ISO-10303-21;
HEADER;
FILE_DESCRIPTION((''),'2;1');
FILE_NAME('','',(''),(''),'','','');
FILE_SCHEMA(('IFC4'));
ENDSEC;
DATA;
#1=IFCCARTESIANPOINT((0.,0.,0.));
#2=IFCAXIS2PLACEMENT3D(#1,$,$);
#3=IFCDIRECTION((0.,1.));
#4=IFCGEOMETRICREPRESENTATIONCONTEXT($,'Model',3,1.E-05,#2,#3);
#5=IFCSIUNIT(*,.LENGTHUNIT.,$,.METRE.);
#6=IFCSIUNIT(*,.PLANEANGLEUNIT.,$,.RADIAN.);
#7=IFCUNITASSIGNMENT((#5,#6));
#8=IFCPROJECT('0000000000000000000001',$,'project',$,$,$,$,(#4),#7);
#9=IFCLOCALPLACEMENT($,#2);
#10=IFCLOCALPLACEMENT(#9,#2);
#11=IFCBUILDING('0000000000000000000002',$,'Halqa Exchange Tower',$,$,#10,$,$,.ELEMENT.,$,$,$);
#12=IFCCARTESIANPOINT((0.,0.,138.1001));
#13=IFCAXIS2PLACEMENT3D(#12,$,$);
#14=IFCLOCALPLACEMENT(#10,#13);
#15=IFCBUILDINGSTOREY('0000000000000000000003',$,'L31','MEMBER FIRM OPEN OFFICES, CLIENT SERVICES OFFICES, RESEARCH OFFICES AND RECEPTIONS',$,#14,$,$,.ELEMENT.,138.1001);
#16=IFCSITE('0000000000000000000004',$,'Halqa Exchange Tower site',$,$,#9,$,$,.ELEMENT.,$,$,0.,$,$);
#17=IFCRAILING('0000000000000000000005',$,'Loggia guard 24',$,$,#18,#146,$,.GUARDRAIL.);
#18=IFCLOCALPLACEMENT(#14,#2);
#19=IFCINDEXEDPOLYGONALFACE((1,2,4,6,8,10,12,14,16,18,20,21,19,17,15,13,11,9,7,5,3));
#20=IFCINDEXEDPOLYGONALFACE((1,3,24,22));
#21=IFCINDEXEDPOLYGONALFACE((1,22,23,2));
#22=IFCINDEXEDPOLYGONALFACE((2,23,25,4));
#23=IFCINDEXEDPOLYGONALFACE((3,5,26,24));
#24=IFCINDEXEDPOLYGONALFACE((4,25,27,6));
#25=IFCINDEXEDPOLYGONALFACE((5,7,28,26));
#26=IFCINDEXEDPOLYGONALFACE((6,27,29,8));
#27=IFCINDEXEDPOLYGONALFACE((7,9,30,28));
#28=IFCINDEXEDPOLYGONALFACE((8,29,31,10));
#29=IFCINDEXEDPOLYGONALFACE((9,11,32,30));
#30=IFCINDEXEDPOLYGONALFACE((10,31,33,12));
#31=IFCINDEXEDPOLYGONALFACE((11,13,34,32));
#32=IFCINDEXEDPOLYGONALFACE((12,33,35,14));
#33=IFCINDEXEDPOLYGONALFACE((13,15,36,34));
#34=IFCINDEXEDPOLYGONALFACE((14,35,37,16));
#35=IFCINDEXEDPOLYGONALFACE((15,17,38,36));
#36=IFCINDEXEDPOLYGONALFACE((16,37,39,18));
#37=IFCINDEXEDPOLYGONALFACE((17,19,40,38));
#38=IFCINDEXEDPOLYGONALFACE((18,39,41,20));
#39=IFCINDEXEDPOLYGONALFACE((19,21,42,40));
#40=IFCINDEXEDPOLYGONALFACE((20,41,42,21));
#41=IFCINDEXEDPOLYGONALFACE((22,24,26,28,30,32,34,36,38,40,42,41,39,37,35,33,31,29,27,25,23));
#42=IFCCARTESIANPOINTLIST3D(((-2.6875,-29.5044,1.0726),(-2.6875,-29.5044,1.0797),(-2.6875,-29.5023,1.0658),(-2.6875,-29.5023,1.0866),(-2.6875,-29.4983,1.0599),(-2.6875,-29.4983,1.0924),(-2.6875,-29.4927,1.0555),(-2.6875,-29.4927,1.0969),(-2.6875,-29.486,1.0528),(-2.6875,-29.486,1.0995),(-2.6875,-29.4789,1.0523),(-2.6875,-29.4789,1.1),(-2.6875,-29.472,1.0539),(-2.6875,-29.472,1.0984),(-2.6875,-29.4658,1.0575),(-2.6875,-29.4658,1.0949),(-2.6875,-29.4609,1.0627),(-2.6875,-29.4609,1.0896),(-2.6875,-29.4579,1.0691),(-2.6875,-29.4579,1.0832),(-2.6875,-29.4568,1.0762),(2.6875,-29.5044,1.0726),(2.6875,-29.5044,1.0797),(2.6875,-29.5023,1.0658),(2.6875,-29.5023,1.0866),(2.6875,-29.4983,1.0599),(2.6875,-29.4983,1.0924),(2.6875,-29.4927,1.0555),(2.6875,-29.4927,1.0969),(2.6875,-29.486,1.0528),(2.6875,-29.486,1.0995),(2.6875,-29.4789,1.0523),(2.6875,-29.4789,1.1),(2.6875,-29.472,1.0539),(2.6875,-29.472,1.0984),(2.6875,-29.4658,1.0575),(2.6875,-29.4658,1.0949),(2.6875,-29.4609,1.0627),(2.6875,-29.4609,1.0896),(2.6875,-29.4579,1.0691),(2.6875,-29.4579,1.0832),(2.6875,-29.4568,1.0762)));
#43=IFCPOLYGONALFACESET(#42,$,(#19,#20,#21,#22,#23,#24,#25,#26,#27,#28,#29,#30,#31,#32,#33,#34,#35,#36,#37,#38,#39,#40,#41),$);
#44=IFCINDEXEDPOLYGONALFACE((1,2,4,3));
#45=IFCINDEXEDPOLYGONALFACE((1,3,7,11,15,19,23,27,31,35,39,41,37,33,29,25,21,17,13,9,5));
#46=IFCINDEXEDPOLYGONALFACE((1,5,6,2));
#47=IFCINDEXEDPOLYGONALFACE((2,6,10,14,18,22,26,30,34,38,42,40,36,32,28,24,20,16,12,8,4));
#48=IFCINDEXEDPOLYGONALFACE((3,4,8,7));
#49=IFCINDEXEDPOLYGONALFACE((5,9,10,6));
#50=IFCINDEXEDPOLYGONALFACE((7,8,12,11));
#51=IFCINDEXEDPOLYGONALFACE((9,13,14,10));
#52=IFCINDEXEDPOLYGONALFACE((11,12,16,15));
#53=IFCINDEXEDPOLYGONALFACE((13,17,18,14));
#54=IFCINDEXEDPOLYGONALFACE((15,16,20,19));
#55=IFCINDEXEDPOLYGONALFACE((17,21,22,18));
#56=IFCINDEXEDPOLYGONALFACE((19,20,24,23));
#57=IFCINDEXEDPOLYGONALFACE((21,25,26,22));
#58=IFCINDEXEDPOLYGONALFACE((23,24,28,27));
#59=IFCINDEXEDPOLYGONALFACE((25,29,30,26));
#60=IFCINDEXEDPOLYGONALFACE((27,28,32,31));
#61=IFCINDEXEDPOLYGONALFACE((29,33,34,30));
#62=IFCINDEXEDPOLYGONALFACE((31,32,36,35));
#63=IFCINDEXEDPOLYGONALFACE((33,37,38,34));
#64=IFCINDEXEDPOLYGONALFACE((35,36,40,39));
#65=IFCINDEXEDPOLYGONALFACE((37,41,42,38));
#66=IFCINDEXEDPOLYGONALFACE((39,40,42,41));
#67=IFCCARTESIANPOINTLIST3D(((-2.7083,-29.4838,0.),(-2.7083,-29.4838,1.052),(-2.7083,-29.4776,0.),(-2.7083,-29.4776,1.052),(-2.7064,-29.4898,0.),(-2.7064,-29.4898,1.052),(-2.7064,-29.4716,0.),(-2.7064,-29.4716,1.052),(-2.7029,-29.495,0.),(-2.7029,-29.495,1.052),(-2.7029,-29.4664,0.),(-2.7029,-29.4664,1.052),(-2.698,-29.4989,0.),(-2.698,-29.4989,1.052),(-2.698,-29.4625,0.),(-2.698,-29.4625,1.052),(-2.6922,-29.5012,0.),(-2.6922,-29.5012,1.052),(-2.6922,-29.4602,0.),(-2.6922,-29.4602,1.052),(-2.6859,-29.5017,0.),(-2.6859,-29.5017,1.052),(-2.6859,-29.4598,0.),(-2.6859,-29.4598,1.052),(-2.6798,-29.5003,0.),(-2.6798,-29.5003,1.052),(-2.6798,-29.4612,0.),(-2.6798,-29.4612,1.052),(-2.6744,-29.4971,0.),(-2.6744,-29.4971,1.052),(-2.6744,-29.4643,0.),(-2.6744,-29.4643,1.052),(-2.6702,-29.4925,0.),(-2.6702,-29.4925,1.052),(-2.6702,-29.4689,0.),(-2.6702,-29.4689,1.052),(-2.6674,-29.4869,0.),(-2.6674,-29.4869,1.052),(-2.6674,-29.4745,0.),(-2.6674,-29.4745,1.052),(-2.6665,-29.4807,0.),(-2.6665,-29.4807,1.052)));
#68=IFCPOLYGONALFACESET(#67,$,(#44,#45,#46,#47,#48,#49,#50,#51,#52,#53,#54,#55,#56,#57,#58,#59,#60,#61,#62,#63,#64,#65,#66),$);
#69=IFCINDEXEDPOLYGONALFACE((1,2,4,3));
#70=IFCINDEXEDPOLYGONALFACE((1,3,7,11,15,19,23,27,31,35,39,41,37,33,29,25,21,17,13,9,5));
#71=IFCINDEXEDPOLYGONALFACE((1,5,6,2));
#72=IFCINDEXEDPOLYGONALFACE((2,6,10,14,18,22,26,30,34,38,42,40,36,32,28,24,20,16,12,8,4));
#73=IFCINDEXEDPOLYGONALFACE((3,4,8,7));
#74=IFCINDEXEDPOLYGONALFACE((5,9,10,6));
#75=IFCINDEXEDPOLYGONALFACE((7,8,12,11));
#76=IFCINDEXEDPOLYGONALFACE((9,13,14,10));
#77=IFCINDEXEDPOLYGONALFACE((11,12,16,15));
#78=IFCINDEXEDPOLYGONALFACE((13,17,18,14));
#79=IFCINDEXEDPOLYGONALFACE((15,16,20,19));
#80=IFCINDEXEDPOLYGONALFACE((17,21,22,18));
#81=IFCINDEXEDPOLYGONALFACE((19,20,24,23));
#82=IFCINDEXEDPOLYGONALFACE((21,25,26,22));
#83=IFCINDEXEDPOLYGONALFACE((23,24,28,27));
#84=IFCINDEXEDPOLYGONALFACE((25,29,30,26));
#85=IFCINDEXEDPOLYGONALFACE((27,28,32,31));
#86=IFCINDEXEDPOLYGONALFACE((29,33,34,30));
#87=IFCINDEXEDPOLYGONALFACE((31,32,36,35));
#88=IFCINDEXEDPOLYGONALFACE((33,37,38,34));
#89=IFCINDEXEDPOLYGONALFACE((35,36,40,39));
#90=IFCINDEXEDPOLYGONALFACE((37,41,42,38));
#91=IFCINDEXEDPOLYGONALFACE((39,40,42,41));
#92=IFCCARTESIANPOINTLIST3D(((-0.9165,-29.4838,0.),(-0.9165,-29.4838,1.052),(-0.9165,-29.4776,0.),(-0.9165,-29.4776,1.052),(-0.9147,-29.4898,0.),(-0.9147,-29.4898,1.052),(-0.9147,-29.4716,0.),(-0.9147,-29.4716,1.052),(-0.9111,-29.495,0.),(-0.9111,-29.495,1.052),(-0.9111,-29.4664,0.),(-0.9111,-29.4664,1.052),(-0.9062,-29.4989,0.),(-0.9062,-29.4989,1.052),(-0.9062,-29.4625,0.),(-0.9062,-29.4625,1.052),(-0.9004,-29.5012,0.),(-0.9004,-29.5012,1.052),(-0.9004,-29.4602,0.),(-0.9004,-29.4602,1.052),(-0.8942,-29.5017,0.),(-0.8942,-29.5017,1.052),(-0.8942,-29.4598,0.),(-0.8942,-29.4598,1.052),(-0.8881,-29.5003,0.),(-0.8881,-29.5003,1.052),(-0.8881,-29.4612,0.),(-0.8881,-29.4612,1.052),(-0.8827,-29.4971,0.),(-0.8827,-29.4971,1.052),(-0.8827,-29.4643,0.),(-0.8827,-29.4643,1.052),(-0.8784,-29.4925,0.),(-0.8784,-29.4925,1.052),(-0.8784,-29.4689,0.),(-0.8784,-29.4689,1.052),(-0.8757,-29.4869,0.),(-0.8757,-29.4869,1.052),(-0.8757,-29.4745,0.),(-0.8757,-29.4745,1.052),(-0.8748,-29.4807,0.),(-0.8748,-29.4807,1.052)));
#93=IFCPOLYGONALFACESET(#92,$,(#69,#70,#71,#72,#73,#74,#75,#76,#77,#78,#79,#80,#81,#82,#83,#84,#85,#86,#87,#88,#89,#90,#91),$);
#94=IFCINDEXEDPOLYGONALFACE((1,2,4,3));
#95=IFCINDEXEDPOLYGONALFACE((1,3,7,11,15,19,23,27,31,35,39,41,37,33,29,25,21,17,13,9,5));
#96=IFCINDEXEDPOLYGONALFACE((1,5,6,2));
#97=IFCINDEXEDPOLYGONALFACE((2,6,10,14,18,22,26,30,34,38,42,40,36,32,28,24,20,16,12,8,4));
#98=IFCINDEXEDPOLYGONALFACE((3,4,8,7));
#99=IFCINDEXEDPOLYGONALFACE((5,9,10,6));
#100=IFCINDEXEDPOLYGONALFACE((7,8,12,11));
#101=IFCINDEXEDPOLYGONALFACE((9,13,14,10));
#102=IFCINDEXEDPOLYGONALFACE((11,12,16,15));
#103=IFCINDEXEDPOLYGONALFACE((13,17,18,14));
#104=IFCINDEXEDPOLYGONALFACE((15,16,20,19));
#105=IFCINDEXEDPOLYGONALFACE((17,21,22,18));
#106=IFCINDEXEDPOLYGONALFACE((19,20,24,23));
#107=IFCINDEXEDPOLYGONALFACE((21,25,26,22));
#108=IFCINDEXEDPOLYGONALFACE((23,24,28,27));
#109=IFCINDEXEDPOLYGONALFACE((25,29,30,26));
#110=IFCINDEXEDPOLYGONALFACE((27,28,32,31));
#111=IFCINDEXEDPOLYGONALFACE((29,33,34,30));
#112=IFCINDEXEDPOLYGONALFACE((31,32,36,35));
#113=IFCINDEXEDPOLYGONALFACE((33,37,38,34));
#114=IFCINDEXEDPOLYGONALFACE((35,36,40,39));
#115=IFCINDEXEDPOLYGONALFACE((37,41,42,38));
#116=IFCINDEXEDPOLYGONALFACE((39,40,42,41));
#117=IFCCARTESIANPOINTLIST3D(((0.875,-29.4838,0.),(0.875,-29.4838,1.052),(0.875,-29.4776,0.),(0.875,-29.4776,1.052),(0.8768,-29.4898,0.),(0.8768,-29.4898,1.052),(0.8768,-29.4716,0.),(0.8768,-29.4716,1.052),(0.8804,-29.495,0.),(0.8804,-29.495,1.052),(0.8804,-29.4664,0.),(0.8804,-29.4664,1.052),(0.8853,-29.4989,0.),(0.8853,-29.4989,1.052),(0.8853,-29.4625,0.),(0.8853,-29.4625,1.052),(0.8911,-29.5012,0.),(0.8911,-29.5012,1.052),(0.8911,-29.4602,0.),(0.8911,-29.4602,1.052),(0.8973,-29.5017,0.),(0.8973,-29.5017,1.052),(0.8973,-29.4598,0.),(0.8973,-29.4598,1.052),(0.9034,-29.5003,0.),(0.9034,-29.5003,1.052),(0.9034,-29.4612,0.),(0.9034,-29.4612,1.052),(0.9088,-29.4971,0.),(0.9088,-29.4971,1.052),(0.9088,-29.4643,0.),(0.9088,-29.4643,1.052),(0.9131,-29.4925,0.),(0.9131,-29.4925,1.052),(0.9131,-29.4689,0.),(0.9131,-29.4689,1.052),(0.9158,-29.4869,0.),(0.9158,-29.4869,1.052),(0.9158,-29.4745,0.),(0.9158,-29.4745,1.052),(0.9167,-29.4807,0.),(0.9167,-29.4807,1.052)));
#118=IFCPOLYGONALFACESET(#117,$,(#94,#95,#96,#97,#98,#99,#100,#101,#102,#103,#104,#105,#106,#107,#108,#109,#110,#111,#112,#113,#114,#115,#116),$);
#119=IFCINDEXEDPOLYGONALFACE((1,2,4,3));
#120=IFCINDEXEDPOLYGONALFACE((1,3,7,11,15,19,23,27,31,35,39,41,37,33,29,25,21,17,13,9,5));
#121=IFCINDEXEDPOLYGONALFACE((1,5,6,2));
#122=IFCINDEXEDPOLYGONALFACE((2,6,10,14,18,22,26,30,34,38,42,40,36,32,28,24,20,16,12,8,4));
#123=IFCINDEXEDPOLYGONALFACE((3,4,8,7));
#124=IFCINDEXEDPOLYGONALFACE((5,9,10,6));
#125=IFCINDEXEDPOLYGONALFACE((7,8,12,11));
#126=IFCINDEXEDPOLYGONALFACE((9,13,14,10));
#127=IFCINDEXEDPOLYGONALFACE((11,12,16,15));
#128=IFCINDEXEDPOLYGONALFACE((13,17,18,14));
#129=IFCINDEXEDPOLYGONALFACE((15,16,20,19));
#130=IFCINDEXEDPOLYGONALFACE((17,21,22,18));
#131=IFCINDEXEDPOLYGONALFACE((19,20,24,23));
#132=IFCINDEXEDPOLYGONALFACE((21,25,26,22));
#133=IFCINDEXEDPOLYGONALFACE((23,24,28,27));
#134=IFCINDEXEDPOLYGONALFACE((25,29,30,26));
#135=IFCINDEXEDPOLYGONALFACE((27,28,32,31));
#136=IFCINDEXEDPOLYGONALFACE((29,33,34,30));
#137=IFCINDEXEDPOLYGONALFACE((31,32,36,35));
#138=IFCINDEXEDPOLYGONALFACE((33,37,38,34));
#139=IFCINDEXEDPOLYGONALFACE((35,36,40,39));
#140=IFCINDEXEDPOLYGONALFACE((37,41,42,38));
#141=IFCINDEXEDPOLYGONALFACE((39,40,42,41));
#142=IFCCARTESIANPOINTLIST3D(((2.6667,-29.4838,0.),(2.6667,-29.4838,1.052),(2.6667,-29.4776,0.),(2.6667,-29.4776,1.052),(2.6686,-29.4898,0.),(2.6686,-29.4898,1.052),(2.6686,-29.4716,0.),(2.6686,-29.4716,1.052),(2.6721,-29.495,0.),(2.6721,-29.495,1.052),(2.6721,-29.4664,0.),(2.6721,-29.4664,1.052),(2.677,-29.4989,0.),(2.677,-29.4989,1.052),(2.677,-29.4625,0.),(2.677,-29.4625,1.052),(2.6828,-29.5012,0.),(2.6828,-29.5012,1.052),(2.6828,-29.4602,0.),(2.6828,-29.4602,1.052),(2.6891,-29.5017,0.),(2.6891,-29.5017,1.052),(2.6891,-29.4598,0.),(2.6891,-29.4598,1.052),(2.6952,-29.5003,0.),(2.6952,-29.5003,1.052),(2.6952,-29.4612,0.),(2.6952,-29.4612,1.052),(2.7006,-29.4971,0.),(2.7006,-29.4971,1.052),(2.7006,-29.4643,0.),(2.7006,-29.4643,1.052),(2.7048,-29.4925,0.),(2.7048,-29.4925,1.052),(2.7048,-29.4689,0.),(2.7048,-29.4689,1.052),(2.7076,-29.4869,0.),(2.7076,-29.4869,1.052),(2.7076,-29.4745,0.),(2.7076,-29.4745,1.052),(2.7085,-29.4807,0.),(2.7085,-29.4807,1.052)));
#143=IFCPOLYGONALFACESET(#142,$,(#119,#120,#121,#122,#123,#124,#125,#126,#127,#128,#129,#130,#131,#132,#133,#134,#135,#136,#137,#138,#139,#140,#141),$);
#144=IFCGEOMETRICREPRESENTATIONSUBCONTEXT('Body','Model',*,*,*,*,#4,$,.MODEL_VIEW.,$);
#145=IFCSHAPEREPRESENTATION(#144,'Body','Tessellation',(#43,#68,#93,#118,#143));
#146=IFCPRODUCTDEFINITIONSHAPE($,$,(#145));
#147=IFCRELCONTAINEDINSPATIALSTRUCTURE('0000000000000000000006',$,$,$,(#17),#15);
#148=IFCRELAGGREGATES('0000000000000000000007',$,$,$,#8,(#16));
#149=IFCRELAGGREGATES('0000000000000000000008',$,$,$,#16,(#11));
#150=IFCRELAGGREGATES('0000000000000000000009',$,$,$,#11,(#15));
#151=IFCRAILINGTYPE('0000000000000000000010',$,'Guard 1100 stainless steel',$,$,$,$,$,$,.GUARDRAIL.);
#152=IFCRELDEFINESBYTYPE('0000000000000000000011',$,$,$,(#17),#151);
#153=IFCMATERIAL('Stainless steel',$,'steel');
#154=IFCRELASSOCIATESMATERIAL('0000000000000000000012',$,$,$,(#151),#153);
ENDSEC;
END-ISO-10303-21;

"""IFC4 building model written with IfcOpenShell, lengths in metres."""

from ifc_helpers import new_model, si_unit, direction, frame, origin, origin_2d, place, context, subcontext, project, spatial, circle, extrude, material, type_object, element, save


model = new_model("IFC4")

# Units and contexts
model_context = context("Model", 3, precision=1e-05, world=origin(), true_north=direction((0.0, 1.0)))
body_context = subcontext(model_context, "Body", "Model", "MODEL_VIEW")
ifc_project = project(units=[si_unit("LENGTHUNIT", "METRE"), si_unit("PLANEANGLEUNIT", "RADIAN")], contexts=[model_context])

# Site, building, storey
site_placement = place(None, origin())
site = spatial("IfcSite", under=ifc_project, at=site_placement, Name="Halqa Exchange Tower site", CompositionType="ELEMENT", RefElevation=0.0)
building_placement = place(site_placement, origin())
building = spatial("IfcBuilding", under=site, at=building_placement, Name="Halqa Exchange Tower", CompositionType="ELEMENT")
storey_placement = place(building_placement, frame((0.0, 0.0, 138.1001)))
storey = spatial("IfcBuildingStorey", under=building, at=storey_placement, Name="L31", Description="MEMBER FIRM OPEN OFFICES, CLIENT SERVICES OFFICES, RESEARCH OFFICES AND RECEPTIONS", CompositionType="ELEMENT", Elevation=138.1001)

# Railing
ifc_material_1 = material(Name="Stainless steel", Category="steel")
railing_type = type_object("IfcRailingType", Name="Guard 1100 stainless steel", PredefinedType="GUARDRAIL", material=ifc_material_1)
railing_1_placement = place(storey_placement, frame((-2.6875, -29.4807, 0.0)))
element("IfcRailing", 1, at=railing_1_placement, inside=storey, type_object=railing_type, Name="Loggia guard 24", PredefinedType="GUARDRAIL", context=body_context, shape_type="SweptSolid", body=[
    extrude(circle(Radius=0.0239, at=origin_2d()), frame((0.0, 0.0, 1.0762), z_axis=(1.0, 0.0, 0.0), x_axis=(0.0, 1.0, 0.0)), (0.0, 0.0, 1.0), 5.375),
    extrude(circle(Radius=0.021, at=origin_2d()), origin(), (0.0, 0.0, 1.0), 1.052),
    extrude(circle(Radius=0.021, at=origin_2d()), frame((1.7917, 0.0, 0.0)), (0.0, 0.0, 1.0), 1.052),
    extrude(circle(Radius=0.021, at=origin_2d()), frame((3.5833, 0.0, 0.0)), (0.0, 0.0, 1.0), 1.052),
    extrude(circle(Radius=0.021, at=origin_2d()), frame((5.375, 0.0, 0.0)), (0.0, 0.0, 1.0), 1.052),
])

save(model, "model.ifc")
